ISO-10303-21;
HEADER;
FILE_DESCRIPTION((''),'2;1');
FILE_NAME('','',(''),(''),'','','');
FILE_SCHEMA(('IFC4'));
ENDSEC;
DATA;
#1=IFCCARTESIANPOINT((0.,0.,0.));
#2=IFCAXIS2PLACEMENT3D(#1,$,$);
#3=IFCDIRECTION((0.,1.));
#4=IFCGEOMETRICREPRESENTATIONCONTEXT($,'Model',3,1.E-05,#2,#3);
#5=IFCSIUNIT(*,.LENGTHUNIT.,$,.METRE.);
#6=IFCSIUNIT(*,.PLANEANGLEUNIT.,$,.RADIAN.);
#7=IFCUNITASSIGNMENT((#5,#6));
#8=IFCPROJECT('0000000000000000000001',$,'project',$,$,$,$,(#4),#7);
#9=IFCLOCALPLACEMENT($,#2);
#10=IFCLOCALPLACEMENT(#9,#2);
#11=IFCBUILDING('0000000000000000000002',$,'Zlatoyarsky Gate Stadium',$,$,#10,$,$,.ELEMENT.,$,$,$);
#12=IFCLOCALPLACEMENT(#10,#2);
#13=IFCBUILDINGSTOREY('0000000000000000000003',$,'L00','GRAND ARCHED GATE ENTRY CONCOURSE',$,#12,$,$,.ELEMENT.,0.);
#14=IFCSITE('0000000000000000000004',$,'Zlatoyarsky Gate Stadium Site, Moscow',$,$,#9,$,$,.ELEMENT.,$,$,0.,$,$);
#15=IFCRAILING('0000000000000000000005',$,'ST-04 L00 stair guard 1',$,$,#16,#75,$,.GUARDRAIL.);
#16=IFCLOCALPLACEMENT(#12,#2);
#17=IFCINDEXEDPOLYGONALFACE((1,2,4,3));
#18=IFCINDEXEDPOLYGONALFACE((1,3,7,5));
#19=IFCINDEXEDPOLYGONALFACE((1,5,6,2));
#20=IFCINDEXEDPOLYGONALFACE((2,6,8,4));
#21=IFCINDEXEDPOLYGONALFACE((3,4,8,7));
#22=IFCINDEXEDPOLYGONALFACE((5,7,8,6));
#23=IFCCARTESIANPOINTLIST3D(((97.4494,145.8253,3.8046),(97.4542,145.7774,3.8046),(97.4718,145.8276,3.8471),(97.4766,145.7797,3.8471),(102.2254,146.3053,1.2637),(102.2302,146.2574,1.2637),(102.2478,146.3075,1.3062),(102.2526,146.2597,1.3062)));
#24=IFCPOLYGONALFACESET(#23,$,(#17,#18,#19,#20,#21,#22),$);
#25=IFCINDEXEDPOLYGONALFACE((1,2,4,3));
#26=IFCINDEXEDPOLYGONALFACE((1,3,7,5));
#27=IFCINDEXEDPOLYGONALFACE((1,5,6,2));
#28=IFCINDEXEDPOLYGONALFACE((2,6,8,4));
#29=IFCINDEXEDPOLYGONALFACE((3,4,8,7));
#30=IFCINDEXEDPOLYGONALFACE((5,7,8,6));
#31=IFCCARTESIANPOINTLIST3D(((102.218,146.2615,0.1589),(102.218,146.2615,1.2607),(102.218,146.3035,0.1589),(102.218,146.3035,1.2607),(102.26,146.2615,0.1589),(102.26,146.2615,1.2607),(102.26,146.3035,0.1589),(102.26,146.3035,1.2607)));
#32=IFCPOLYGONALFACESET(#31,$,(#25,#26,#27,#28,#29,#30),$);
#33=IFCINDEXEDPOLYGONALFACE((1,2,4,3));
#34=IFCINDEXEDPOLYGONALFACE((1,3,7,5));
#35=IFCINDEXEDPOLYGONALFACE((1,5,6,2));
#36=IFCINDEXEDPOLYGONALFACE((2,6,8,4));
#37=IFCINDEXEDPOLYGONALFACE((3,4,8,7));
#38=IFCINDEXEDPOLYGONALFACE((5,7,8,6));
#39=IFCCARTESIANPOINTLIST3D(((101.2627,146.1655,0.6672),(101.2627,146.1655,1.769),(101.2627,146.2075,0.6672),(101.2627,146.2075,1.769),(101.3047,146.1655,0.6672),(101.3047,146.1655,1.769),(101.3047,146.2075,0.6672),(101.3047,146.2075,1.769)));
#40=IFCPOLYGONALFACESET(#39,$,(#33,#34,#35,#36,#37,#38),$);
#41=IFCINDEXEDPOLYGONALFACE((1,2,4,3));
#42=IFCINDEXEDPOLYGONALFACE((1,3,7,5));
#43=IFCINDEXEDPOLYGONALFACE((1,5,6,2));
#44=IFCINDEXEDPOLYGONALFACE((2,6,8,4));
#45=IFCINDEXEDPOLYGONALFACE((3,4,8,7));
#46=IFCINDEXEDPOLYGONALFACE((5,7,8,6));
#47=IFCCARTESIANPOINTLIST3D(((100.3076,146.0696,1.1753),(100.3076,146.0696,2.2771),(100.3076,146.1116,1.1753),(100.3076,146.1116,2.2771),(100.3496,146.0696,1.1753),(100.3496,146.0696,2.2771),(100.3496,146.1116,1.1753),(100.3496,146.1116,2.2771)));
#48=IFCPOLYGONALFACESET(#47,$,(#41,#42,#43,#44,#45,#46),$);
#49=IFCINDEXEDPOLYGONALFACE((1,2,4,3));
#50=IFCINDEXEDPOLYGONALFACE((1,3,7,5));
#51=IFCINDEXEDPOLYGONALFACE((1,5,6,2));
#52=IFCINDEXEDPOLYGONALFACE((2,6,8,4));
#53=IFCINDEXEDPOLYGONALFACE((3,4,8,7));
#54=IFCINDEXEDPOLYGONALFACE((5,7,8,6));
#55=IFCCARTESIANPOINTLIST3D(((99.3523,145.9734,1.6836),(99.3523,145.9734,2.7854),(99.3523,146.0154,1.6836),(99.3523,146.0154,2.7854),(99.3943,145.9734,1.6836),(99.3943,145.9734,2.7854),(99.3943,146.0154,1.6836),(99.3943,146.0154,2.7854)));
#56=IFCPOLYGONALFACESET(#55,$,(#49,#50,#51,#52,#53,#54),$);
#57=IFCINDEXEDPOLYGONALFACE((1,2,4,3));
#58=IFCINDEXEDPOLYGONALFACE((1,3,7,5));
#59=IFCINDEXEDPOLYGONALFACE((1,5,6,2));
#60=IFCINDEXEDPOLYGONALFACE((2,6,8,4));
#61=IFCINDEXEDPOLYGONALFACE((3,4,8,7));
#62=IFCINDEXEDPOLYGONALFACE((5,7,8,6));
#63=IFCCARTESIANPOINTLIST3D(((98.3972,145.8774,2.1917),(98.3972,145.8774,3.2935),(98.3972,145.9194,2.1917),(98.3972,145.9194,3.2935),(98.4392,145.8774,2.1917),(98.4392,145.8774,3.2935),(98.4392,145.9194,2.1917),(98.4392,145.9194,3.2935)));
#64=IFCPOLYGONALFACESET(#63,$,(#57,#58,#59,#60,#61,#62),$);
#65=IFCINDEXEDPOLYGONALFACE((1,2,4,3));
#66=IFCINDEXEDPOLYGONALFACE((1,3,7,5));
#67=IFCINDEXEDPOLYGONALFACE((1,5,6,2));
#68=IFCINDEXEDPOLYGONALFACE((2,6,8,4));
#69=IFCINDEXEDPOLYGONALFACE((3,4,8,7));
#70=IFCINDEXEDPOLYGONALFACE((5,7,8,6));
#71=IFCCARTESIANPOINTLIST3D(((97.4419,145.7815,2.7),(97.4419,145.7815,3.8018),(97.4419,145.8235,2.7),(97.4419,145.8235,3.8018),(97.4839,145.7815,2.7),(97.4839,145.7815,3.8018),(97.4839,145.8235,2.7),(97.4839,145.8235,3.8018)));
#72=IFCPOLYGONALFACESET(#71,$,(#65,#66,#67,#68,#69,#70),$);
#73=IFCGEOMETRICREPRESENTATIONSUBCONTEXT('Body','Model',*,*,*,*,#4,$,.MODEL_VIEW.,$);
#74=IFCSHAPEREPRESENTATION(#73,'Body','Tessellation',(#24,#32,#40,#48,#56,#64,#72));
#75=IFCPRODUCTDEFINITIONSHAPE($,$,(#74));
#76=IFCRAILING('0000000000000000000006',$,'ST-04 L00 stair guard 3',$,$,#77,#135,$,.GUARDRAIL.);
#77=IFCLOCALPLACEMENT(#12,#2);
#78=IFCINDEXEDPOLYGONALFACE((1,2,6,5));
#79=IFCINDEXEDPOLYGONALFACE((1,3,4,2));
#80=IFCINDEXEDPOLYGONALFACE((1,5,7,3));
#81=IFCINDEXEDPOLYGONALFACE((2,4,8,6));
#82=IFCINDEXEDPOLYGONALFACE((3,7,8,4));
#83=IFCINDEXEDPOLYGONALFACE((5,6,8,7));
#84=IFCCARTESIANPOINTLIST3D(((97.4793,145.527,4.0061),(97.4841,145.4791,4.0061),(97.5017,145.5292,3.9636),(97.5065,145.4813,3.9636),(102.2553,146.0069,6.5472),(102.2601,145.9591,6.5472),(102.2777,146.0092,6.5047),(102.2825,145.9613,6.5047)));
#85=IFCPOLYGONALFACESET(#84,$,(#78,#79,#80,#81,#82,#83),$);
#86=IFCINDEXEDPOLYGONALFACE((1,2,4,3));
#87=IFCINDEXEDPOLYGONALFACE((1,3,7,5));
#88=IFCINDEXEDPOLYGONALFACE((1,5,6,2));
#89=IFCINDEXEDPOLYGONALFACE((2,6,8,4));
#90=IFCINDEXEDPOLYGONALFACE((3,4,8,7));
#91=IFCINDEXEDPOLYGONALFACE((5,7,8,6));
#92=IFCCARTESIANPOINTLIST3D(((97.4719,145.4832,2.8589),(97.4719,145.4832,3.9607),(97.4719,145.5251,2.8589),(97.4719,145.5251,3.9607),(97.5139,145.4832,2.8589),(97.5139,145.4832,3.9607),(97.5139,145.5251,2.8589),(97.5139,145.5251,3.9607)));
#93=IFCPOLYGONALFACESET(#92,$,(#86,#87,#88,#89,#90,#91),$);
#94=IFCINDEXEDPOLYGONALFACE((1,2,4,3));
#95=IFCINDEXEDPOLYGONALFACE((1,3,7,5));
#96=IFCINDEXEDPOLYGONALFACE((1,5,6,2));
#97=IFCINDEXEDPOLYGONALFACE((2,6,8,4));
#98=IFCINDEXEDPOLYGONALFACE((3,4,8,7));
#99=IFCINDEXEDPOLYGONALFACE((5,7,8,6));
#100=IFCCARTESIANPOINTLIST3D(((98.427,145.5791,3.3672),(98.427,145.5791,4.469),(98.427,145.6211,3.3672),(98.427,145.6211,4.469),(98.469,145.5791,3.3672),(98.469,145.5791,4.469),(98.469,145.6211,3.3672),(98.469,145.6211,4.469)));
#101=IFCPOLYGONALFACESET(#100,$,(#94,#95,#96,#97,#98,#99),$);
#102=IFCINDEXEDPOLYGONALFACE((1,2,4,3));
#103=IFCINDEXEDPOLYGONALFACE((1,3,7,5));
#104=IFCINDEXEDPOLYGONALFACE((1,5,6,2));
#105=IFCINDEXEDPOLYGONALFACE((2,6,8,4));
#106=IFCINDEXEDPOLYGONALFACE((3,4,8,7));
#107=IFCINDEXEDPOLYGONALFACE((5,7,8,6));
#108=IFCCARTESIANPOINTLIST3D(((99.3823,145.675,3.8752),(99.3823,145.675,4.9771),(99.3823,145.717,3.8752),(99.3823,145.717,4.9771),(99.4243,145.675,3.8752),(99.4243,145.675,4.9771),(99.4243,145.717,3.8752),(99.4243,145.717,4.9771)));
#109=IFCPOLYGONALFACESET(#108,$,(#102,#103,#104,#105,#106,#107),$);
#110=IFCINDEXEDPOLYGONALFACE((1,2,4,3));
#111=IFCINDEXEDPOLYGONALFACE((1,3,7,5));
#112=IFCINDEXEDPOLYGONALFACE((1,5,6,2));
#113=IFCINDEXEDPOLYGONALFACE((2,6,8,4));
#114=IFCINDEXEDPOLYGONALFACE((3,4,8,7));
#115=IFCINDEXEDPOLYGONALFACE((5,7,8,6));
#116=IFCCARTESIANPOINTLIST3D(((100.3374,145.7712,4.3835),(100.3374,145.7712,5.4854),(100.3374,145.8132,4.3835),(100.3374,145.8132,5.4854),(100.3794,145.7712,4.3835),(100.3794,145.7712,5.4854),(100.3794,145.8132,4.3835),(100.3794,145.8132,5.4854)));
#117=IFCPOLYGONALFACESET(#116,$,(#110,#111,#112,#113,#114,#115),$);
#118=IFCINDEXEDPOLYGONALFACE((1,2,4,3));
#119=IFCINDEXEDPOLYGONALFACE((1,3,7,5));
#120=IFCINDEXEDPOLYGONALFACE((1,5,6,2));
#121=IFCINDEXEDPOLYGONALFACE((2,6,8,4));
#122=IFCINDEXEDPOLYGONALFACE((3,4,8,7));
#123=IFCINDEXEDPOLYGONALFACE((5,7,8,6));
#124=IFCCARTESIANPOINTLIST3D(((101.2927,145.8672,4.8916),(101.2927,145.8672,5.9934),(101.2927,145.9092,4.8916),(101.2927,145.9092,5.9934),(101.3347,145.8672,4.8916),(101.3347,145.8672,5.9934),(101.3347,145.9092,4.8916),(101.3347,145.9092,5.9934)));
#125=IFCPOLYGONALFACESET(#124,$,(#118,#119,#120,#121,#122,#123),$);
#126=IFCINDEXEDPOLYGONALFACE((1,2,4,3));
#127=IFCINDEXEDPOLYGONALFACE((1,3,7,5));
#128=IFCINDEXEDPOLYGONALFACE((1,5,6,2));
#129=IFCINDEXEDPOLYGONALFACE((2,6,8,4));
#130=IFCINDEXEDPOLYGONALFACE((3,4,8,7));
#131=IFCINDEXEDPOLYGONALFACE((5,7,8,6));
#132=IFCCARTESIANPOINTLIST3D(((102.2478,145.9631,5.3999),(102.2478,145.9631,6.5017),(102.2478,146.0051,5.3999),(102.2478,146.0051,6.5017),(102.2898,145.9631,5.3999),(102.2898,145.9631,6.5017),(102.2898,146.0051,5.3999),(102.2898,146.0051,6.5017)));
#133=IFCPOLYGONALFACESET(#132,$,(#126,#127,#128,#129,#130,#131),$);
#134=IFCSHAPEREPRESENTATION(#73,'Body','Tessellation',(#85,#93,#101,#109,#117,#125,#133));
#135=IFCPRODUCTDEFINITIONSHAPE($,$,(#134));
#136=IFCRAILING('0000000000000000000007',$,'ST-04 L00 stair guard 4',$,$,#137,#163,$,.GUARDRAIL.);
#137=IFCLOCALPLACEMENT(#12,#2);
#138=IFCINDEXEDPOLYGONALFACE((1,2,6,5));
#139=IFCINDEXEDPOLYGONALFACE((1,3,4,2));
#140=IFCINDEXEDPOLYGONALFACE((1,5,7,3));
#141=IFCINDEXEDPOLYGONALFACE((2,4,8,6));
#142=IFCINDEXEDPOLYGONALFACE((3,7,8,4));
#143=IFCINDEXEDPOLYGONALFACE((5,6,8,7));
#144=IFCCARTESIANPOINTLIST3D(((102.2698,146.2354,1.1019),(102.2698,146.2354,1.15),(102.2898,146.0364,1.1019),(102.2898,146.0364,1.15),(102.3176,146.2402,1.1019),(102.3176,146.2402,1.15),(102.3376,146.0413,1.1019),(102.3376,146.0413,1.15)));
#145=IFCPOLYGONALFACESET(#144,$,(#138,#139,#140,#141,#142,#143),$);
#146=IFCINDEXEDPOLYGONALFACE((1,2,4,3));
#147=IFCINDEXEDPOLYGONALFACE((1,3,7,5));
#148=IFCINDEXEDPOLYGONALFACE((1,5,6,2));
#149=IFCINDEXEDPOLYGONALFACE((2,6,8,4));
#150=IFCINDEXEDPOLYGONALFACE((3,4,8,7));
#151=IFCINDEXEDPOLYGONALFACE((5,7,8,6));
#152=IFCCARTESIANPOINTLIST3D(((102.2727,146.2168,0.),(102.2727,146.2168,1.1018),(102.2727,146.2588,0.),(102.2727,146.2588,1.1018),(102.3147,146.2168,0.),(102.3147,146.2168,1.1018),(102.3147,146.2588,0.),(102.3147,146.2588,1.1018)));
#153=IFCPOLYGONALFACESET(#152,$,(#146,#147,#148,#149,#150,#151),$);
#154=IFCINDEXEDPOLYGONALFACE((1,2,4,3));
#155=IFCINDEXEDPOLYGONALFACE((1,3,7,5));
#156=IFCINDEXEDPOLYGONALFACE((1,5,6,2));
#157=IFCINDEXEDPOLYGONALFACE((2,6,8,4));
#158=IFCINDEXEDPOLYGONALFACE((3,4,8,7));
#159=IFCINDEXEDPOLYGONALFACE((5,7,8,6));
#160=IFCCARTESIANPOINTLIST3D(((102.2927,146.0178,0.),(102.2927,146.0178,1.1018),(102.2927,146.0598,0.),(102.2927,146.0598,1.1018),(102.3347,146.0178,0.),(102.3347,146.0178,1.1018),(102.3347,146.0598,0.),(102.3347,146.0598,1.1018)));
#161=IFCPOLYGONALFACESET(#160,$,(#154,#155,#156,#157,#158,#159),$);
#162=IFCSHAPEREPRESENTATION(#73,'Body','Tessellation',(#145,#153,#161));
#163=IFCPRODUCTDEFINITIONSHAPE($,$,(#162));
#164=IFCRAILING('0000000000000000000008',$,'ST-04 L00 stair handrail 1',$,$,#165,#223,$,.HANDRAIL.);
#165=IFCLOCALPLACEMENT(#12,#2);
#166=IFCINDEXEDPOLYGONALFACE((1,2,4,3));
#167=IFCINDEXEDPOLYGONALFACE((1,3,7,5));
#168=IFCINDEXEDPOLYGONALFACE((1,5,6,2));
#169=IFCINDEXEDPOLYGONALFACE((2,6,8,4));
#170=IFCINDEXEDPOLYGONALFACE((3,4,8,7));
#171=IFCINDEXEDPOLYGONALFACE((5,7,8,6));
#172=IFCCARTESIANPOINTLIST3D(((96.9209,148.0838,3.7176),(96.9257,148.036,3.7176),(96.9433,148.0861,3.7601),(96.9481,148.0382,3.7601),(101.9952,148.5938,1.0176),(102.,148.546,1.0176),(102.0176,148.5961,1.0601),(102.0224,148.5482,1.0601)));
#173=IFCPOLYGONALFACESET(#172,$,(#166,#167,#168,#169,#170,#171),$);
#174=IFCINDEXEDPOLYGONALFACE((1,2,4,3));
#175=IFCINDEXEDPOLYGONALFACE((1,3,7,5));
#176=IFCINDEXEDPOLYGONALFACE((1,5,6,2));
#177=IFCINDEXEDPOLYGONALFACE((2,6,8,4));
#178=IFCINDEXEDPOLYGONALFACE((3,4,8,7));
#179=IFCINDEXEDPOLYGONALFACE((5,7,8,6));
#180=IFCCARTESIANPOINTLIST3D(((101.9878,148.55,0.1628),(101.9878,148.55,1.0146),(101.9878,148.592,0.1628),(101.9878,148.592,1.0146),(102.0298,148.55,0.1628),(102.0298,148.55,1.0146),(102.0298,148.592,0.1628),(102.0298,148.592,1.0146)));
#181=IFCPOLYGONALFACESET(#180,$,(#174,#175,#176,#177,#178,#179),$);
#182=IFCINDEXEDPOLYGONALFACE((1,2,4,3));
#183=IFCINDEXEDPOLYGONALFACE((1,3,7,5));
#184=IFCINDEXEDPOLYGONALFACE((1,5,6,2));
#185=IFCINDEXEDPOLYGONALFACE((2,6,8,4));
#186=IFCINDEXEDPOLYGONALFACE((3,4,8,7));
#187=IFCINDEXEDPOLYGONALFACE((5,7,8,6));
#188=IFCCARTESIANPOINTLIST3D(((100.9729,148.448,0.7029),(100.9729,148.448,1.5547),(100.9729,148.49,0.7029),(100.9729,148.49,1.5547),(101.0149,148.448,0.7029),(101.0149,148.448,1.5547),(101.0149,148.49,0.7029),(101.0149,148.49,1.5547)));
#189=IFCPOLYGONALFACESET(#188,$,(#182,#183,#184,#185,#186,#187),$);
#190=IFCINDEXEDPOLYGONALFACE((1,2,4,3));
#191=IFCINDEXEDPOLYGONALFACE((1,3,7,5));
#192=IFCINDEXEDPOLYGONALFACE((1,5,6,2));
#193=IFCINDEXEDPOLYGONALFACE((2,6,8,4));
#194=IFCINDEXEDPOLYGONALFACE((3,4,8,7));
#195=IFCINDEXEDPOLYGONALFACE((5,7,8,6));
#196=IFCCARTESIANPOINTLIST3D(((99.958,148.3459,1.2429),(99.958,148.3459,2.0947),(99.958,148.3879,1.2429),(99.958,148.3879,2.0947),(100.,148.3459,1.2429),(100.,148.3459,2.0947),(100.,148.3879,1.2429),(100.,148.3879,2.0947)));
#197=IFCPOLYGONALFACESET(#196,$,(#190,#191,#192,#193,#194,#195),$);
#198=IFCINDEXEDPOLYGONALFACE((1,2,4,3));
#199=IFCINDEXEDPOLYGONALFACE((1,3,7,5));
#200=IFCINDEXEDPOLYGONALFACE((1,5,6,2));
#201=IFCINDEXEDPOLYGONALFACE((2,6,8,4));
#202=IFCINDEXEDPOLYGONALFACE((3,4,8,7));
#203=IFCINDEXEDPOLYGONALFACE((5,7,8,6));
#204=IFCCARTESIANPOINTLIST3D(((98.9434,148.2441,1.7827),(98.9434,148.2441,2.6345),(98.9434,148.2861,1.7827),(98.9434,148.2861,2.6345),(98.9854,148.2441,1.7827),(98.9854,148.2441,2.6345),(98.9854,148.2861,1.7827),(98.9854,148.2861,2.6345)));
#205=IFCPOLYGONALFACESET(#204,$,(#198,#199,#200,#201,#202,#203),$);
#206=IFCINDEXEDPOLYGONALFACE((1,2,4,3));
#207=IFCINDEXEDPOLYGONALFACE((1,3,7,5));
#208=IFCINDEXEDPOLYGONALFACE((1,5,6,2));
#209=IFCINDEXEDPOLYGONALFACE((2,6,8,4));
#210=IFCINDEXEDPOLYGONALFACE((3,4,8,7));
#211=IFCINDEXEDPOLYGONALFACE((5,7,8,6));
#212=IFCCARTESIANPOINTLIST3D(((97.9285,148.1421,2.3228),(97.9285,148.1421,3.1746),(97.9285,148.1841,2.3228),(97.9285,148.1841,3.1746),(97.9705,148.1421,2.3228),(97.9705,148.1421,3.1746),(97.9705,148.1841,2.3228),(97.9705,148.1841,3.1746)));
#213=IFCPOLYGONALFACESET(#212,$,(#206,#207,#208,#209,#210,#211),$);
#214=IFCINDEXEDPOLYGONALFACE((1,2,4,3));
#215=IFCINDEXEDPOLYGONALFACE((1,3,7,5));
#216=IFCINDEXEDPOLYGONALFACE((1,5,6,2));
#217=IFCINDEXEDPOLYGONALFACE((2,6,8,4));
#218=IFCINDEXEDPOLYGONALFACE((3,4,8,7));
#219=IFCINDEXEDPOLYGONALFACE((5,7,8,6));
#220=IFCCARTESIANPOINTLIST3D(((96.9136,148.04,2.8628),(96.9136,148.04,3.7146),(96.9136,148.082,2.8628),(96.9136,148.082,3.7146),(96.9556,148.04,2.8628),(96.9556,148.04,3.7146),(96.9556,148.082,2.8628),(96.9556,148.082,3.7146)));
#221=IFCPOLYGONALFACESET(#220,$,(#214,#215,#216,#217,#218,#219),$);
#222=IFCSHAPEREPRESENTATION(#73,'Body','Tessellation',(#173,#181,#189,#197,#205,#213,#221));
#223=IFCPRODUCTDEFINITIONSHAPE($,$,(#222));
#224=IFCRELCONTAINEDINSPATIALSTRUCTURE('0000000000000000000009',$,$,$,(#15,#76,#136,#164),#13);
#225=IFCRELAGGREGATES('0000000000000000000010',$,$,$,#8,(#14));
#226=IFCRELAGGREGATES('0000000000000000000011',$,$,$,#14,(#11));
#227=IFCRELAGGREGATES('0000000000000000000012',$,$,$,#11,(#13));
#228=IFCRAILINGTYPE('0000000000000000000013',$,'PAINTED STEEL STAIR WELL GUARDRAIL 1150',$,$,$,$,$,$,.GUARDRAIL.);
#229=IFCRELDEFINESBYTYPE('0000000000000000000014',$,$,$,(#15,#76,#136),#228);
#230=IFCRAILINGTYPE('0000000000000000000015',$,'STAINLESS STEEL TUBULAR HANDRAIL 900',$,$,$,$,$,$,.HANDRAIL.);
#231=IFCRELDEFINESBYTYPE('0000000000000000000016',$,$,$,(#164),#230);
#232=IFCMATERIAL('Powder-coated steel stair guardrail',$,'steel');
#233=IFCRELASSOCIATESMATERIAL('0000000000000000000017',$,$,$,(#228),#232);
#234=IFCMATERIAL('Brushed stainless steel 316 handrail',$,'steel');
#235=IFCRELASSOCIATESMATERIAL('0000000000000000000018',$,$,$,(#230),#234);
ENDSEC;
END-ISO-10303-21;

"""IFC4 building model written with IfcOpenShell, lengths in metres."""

from ifc_helpers import new_model, si_unit, direction, frame, origin, origin_2d, place, context, subcontext, project, spatial, rectangle, extrude, material, type_object, element, save


model = new_model("IFC4")

# Units and contexts
model_context = context("Model", 3, precision=1e-05, world=origin(), true_north=direction((0.0, 1.0)))
body_context = subcontext(model_context, "Body", "Model", "MODEL_VIEW")
ifc_project = project(units=[si_unit("LENGTHUNIT", "METRE"), si_unit("PLANEANGLEUNIT", "RADIAN")], contexts=[model_context])

# Site, building, storey
site_placement = place(None, origin())
site = spatial("IfcSite", under=ifc_project, at=site_placement, Name="Zlatoyarsky Gate Stadium Site, Moscow", CompositionType="ELEMENT", RefElevation=0.0)
building_placement = place(site_placement, origin())
building = spatial("IfcBuilding", under=site, at=building_placement, Name="Zlatoyarsky Gate Stadium", CompositionType="ELEMENT")
storey_placement = place(building_placement, origin())
storey = spatial("IfcBuildingStorey", under=building, at=storey_placement, Name="L00", Description="GRAND ARCHED GATE ENTRY CONCOURSE", CompositionType="ELEMENT", Elevation=0.0)

# Railings
ifc_material_1 = material(Name="Powder-coated steel stair guardrail", Category="steel")
railing_type_1 = type_object("IfcRailingType", Name="PAINTED STEEL STAIR WELL GUARDRAIL 1150", PredefinedType="GUARDRAIL", material=ifc_material_1)
railing_1_placement = place(storey_placement, frame((102.239, 146.2825, 0.1589)))
element("IfcRailing", 1, at=railing_1_placement, inside=storey, type_object=railing_type_1, Name="ST-04 L00 stair guard 1", PredefinedType="GUARDRAIL", context=body_context, shape_type="SweptSolid", body=[
    extrude(rectangle(XDim=0.0481, YDim=0.0481, at=origin_2d()), frame((0.0, 0.0, 1.126), z_axis=(-0.879378, -0.088374, 0.467851), x_axis=(0.099992, -0.994988, 0.0)), (0.0, 0.0, 1.0), 5.4312),
    extrude(rectangle(XDim=0.042, YDim=0.042, at=origin_2d()), origin(), (0.0, 0.0, 1.0), 1.1018),
    extrude(rectangle(XDim=0.042, YDim=0.042, at=origin_2d()), frame((-0.9553, -0.0959, 0.5083)), (0.0, 0.0, 1.0), 1.1018),
    extrude(rectangle(XDim=0.042, YDim=0.042, at=origin_2d()), frame((-1.9104, -0.1919, 1.0164)), (0.0, 0.0, 1.0), 1.1018),
    extrude(rectangle(XDim=0.042, YDim=0.042, at=origin_2d()), frame((-2.8657, -0.2881, 1.5247)), (0.0, 0.0, 1.0), 1.1018),
    extrude(rectangle(XDim=0.042, YDim=0.042, at=origin_2d()), frame((-3.8208, -0.384, 2.0327)), (0.0, 0.0, 1.0), 1.1018),
    extrude(rectangle(XDim=0.042, YDim=0.042, at=origin_2d()), frame((-4.7761, -0.48, 2.541)), (0.0, 0.0, 1.0), 1.1018),
])
railing_2_placement = place(storey_placement, frame((97.4929, 145.5042, 2.8589)))
element("IfcRailing", 2, at=railing_2_placement, inside=storey, type_object=railing_type_1, Name="ST-04 L00 stair guard 3", PredefinedType="GUARDRAIL", context=body_context, shape_type="SweptSolid", body=[
    extrude(rectangle(XDim=0.0481, YDim=0.0481, at=origin_2d()), frame((0.0, 0.0, 1.126), z_axis=(0.879368, 0.088377, 0.467869), x_axis=(-0.099997, 0.994988, 0.0)), (0.0, 0.0, 1.0), 5.4312),
    extrude(rectangle(XDim=0.042, YDim=0.042, at=origin_2d()), origin(), (0.0, 0.0, 1.0), 1.1018),
    extrude(rectangle(XDim=0.042, YDim=0.042, at=origin_2d()), frame((0.9551, 0.0959, 0.5083)), (0.0, 0.0, 1.0), 1.1018),
    extrude(rectangle(XDim=0.042, YDim=0.042, at=origin_2d()), frame((1.9104, 0.1919, 1.0164)), (0.0, 0.0, 1.0), 1.1018),
    extrude(rectangle(XDim=0.042, YDim=0.042, at=origin_2d()), frame((2.8655, 0.2881, 1.5247)), (0.0, 0.0, 1.0), 1.1018),
    extrude(rectangle(XDim=0.042, YDim=0.042, at=origin_2d()), frame((3.8208, 0.384, 2.0327)), (0.0, 0.0, 1.0), 1.1018),
    extrude(rectangle(XDim=0.042, YDim=0.042, at=origin_2d()), frame((4.7759, 0.48, 2.541)), (0.0, 0.0, 1.0), 1.1018),
])
railing_3_placement = place(storey_placement, frame((102.2937, 146.2378, 0.0)))
element("IfcRailing", 3, at=railing_3_placement, inside=storey, type_object=railing_type_1, Name="ST-04 L00 stair guard 4", PredefinedType="GUARDRAIL", context=body_context, shape_type="SweptSolid", body=[
    extrude(rectangle(XDim=0.0481, YDim=0.0481, at=origin_2d()), frame((0.0, 0.0, 1.126), z_axis=(0.100108, -0.994977, 0.0), x_axis=(0.994977, 0.100108, 0.0)), (0.0, 0.0, 1.0), 0.2),
    extrude(rectangle(XDim=0.042, YDim=0.042, at=origin_2d()), origin(), (0.0, 0.0, 1.0), 1.1018),
    extrude(rectangle(XDim=0.042, YDim=0.042, at=origin_2d()), frame((0.02, -0.199, 0.0)), (0.0, 0.0, 1.0), 1.1018),
])
ifc_material_2 = material(Name="Brushed stainless steel 316 handrail", Category="steel")
railing_type_2 = type_object("IfcRailingType", Name="STAINLESS STEEL TUBULAR HANDRAIL 900", PredefinedType="HANDRAIL", material=ifc_material_2)
railing_4_placement = place(storey_placement, frame((102.0088, 148.571, 0.1628)))
element("IfcRailing", 4, at=railing_4_placement, inside=storey, type_object=railing_type_2, Name="ST-04 L00 stair handrail 1", PredefinedType="HANDRAIL", context=body_context, shape_type="SweptSolid", body=[
    extrude(rectangle(XDim=0.0481, YDim=0.0481, at=origin_2d()), frame((0.0, 0.0, 0.876), z_axis=(-0.879353, -0.088384, 0.467897), x_axis=(0.100006, -0.994987, 0.0)), (0.0, 0.0, 1.0), 5.7705),
    extrude(rectangle(XDim=0.042, YDim=0.042, at=origin_2d()), origin(), (0.0, 0.0, 1.0), 0.8518),
    extrude(rectangle(XDim=0.042, YDim=0.042, at=origin_2d()), frame((-1.0149, -0.1021, 0.54)), (0.0, 0.0, 1.0), 0.8518),
    extrude(rectangle(XDim=0.042, YDim=0.042, at=origin_2d()), frame((-2.0298, -0.2041, 1.0801)), (0.0, 0.0, 1.0), 0.8518),
    extrude(rectangle(XDim=0.042, YDim=0.042, at=origin_2d()), frame((-3.0444, -0.3059, 1.6199)), (0.0, 0.0, 1.0), 0.8518),
    extrude(rectangle(XDim=0.042, YDim=0.042, at=origin_2d()), frame((-4.0593, -0.408, 2.1599)), (0.0, 0.0, 1.0), 0.8518),
    extrude(rectangle(XDim=0.042, YDim=0.042, at=origin_2d()), frame((-5.0742, -0.51, 2.7)), (0.0, 0.0, 1.0), 0.8518),
])

save(model, "model.ifc")
